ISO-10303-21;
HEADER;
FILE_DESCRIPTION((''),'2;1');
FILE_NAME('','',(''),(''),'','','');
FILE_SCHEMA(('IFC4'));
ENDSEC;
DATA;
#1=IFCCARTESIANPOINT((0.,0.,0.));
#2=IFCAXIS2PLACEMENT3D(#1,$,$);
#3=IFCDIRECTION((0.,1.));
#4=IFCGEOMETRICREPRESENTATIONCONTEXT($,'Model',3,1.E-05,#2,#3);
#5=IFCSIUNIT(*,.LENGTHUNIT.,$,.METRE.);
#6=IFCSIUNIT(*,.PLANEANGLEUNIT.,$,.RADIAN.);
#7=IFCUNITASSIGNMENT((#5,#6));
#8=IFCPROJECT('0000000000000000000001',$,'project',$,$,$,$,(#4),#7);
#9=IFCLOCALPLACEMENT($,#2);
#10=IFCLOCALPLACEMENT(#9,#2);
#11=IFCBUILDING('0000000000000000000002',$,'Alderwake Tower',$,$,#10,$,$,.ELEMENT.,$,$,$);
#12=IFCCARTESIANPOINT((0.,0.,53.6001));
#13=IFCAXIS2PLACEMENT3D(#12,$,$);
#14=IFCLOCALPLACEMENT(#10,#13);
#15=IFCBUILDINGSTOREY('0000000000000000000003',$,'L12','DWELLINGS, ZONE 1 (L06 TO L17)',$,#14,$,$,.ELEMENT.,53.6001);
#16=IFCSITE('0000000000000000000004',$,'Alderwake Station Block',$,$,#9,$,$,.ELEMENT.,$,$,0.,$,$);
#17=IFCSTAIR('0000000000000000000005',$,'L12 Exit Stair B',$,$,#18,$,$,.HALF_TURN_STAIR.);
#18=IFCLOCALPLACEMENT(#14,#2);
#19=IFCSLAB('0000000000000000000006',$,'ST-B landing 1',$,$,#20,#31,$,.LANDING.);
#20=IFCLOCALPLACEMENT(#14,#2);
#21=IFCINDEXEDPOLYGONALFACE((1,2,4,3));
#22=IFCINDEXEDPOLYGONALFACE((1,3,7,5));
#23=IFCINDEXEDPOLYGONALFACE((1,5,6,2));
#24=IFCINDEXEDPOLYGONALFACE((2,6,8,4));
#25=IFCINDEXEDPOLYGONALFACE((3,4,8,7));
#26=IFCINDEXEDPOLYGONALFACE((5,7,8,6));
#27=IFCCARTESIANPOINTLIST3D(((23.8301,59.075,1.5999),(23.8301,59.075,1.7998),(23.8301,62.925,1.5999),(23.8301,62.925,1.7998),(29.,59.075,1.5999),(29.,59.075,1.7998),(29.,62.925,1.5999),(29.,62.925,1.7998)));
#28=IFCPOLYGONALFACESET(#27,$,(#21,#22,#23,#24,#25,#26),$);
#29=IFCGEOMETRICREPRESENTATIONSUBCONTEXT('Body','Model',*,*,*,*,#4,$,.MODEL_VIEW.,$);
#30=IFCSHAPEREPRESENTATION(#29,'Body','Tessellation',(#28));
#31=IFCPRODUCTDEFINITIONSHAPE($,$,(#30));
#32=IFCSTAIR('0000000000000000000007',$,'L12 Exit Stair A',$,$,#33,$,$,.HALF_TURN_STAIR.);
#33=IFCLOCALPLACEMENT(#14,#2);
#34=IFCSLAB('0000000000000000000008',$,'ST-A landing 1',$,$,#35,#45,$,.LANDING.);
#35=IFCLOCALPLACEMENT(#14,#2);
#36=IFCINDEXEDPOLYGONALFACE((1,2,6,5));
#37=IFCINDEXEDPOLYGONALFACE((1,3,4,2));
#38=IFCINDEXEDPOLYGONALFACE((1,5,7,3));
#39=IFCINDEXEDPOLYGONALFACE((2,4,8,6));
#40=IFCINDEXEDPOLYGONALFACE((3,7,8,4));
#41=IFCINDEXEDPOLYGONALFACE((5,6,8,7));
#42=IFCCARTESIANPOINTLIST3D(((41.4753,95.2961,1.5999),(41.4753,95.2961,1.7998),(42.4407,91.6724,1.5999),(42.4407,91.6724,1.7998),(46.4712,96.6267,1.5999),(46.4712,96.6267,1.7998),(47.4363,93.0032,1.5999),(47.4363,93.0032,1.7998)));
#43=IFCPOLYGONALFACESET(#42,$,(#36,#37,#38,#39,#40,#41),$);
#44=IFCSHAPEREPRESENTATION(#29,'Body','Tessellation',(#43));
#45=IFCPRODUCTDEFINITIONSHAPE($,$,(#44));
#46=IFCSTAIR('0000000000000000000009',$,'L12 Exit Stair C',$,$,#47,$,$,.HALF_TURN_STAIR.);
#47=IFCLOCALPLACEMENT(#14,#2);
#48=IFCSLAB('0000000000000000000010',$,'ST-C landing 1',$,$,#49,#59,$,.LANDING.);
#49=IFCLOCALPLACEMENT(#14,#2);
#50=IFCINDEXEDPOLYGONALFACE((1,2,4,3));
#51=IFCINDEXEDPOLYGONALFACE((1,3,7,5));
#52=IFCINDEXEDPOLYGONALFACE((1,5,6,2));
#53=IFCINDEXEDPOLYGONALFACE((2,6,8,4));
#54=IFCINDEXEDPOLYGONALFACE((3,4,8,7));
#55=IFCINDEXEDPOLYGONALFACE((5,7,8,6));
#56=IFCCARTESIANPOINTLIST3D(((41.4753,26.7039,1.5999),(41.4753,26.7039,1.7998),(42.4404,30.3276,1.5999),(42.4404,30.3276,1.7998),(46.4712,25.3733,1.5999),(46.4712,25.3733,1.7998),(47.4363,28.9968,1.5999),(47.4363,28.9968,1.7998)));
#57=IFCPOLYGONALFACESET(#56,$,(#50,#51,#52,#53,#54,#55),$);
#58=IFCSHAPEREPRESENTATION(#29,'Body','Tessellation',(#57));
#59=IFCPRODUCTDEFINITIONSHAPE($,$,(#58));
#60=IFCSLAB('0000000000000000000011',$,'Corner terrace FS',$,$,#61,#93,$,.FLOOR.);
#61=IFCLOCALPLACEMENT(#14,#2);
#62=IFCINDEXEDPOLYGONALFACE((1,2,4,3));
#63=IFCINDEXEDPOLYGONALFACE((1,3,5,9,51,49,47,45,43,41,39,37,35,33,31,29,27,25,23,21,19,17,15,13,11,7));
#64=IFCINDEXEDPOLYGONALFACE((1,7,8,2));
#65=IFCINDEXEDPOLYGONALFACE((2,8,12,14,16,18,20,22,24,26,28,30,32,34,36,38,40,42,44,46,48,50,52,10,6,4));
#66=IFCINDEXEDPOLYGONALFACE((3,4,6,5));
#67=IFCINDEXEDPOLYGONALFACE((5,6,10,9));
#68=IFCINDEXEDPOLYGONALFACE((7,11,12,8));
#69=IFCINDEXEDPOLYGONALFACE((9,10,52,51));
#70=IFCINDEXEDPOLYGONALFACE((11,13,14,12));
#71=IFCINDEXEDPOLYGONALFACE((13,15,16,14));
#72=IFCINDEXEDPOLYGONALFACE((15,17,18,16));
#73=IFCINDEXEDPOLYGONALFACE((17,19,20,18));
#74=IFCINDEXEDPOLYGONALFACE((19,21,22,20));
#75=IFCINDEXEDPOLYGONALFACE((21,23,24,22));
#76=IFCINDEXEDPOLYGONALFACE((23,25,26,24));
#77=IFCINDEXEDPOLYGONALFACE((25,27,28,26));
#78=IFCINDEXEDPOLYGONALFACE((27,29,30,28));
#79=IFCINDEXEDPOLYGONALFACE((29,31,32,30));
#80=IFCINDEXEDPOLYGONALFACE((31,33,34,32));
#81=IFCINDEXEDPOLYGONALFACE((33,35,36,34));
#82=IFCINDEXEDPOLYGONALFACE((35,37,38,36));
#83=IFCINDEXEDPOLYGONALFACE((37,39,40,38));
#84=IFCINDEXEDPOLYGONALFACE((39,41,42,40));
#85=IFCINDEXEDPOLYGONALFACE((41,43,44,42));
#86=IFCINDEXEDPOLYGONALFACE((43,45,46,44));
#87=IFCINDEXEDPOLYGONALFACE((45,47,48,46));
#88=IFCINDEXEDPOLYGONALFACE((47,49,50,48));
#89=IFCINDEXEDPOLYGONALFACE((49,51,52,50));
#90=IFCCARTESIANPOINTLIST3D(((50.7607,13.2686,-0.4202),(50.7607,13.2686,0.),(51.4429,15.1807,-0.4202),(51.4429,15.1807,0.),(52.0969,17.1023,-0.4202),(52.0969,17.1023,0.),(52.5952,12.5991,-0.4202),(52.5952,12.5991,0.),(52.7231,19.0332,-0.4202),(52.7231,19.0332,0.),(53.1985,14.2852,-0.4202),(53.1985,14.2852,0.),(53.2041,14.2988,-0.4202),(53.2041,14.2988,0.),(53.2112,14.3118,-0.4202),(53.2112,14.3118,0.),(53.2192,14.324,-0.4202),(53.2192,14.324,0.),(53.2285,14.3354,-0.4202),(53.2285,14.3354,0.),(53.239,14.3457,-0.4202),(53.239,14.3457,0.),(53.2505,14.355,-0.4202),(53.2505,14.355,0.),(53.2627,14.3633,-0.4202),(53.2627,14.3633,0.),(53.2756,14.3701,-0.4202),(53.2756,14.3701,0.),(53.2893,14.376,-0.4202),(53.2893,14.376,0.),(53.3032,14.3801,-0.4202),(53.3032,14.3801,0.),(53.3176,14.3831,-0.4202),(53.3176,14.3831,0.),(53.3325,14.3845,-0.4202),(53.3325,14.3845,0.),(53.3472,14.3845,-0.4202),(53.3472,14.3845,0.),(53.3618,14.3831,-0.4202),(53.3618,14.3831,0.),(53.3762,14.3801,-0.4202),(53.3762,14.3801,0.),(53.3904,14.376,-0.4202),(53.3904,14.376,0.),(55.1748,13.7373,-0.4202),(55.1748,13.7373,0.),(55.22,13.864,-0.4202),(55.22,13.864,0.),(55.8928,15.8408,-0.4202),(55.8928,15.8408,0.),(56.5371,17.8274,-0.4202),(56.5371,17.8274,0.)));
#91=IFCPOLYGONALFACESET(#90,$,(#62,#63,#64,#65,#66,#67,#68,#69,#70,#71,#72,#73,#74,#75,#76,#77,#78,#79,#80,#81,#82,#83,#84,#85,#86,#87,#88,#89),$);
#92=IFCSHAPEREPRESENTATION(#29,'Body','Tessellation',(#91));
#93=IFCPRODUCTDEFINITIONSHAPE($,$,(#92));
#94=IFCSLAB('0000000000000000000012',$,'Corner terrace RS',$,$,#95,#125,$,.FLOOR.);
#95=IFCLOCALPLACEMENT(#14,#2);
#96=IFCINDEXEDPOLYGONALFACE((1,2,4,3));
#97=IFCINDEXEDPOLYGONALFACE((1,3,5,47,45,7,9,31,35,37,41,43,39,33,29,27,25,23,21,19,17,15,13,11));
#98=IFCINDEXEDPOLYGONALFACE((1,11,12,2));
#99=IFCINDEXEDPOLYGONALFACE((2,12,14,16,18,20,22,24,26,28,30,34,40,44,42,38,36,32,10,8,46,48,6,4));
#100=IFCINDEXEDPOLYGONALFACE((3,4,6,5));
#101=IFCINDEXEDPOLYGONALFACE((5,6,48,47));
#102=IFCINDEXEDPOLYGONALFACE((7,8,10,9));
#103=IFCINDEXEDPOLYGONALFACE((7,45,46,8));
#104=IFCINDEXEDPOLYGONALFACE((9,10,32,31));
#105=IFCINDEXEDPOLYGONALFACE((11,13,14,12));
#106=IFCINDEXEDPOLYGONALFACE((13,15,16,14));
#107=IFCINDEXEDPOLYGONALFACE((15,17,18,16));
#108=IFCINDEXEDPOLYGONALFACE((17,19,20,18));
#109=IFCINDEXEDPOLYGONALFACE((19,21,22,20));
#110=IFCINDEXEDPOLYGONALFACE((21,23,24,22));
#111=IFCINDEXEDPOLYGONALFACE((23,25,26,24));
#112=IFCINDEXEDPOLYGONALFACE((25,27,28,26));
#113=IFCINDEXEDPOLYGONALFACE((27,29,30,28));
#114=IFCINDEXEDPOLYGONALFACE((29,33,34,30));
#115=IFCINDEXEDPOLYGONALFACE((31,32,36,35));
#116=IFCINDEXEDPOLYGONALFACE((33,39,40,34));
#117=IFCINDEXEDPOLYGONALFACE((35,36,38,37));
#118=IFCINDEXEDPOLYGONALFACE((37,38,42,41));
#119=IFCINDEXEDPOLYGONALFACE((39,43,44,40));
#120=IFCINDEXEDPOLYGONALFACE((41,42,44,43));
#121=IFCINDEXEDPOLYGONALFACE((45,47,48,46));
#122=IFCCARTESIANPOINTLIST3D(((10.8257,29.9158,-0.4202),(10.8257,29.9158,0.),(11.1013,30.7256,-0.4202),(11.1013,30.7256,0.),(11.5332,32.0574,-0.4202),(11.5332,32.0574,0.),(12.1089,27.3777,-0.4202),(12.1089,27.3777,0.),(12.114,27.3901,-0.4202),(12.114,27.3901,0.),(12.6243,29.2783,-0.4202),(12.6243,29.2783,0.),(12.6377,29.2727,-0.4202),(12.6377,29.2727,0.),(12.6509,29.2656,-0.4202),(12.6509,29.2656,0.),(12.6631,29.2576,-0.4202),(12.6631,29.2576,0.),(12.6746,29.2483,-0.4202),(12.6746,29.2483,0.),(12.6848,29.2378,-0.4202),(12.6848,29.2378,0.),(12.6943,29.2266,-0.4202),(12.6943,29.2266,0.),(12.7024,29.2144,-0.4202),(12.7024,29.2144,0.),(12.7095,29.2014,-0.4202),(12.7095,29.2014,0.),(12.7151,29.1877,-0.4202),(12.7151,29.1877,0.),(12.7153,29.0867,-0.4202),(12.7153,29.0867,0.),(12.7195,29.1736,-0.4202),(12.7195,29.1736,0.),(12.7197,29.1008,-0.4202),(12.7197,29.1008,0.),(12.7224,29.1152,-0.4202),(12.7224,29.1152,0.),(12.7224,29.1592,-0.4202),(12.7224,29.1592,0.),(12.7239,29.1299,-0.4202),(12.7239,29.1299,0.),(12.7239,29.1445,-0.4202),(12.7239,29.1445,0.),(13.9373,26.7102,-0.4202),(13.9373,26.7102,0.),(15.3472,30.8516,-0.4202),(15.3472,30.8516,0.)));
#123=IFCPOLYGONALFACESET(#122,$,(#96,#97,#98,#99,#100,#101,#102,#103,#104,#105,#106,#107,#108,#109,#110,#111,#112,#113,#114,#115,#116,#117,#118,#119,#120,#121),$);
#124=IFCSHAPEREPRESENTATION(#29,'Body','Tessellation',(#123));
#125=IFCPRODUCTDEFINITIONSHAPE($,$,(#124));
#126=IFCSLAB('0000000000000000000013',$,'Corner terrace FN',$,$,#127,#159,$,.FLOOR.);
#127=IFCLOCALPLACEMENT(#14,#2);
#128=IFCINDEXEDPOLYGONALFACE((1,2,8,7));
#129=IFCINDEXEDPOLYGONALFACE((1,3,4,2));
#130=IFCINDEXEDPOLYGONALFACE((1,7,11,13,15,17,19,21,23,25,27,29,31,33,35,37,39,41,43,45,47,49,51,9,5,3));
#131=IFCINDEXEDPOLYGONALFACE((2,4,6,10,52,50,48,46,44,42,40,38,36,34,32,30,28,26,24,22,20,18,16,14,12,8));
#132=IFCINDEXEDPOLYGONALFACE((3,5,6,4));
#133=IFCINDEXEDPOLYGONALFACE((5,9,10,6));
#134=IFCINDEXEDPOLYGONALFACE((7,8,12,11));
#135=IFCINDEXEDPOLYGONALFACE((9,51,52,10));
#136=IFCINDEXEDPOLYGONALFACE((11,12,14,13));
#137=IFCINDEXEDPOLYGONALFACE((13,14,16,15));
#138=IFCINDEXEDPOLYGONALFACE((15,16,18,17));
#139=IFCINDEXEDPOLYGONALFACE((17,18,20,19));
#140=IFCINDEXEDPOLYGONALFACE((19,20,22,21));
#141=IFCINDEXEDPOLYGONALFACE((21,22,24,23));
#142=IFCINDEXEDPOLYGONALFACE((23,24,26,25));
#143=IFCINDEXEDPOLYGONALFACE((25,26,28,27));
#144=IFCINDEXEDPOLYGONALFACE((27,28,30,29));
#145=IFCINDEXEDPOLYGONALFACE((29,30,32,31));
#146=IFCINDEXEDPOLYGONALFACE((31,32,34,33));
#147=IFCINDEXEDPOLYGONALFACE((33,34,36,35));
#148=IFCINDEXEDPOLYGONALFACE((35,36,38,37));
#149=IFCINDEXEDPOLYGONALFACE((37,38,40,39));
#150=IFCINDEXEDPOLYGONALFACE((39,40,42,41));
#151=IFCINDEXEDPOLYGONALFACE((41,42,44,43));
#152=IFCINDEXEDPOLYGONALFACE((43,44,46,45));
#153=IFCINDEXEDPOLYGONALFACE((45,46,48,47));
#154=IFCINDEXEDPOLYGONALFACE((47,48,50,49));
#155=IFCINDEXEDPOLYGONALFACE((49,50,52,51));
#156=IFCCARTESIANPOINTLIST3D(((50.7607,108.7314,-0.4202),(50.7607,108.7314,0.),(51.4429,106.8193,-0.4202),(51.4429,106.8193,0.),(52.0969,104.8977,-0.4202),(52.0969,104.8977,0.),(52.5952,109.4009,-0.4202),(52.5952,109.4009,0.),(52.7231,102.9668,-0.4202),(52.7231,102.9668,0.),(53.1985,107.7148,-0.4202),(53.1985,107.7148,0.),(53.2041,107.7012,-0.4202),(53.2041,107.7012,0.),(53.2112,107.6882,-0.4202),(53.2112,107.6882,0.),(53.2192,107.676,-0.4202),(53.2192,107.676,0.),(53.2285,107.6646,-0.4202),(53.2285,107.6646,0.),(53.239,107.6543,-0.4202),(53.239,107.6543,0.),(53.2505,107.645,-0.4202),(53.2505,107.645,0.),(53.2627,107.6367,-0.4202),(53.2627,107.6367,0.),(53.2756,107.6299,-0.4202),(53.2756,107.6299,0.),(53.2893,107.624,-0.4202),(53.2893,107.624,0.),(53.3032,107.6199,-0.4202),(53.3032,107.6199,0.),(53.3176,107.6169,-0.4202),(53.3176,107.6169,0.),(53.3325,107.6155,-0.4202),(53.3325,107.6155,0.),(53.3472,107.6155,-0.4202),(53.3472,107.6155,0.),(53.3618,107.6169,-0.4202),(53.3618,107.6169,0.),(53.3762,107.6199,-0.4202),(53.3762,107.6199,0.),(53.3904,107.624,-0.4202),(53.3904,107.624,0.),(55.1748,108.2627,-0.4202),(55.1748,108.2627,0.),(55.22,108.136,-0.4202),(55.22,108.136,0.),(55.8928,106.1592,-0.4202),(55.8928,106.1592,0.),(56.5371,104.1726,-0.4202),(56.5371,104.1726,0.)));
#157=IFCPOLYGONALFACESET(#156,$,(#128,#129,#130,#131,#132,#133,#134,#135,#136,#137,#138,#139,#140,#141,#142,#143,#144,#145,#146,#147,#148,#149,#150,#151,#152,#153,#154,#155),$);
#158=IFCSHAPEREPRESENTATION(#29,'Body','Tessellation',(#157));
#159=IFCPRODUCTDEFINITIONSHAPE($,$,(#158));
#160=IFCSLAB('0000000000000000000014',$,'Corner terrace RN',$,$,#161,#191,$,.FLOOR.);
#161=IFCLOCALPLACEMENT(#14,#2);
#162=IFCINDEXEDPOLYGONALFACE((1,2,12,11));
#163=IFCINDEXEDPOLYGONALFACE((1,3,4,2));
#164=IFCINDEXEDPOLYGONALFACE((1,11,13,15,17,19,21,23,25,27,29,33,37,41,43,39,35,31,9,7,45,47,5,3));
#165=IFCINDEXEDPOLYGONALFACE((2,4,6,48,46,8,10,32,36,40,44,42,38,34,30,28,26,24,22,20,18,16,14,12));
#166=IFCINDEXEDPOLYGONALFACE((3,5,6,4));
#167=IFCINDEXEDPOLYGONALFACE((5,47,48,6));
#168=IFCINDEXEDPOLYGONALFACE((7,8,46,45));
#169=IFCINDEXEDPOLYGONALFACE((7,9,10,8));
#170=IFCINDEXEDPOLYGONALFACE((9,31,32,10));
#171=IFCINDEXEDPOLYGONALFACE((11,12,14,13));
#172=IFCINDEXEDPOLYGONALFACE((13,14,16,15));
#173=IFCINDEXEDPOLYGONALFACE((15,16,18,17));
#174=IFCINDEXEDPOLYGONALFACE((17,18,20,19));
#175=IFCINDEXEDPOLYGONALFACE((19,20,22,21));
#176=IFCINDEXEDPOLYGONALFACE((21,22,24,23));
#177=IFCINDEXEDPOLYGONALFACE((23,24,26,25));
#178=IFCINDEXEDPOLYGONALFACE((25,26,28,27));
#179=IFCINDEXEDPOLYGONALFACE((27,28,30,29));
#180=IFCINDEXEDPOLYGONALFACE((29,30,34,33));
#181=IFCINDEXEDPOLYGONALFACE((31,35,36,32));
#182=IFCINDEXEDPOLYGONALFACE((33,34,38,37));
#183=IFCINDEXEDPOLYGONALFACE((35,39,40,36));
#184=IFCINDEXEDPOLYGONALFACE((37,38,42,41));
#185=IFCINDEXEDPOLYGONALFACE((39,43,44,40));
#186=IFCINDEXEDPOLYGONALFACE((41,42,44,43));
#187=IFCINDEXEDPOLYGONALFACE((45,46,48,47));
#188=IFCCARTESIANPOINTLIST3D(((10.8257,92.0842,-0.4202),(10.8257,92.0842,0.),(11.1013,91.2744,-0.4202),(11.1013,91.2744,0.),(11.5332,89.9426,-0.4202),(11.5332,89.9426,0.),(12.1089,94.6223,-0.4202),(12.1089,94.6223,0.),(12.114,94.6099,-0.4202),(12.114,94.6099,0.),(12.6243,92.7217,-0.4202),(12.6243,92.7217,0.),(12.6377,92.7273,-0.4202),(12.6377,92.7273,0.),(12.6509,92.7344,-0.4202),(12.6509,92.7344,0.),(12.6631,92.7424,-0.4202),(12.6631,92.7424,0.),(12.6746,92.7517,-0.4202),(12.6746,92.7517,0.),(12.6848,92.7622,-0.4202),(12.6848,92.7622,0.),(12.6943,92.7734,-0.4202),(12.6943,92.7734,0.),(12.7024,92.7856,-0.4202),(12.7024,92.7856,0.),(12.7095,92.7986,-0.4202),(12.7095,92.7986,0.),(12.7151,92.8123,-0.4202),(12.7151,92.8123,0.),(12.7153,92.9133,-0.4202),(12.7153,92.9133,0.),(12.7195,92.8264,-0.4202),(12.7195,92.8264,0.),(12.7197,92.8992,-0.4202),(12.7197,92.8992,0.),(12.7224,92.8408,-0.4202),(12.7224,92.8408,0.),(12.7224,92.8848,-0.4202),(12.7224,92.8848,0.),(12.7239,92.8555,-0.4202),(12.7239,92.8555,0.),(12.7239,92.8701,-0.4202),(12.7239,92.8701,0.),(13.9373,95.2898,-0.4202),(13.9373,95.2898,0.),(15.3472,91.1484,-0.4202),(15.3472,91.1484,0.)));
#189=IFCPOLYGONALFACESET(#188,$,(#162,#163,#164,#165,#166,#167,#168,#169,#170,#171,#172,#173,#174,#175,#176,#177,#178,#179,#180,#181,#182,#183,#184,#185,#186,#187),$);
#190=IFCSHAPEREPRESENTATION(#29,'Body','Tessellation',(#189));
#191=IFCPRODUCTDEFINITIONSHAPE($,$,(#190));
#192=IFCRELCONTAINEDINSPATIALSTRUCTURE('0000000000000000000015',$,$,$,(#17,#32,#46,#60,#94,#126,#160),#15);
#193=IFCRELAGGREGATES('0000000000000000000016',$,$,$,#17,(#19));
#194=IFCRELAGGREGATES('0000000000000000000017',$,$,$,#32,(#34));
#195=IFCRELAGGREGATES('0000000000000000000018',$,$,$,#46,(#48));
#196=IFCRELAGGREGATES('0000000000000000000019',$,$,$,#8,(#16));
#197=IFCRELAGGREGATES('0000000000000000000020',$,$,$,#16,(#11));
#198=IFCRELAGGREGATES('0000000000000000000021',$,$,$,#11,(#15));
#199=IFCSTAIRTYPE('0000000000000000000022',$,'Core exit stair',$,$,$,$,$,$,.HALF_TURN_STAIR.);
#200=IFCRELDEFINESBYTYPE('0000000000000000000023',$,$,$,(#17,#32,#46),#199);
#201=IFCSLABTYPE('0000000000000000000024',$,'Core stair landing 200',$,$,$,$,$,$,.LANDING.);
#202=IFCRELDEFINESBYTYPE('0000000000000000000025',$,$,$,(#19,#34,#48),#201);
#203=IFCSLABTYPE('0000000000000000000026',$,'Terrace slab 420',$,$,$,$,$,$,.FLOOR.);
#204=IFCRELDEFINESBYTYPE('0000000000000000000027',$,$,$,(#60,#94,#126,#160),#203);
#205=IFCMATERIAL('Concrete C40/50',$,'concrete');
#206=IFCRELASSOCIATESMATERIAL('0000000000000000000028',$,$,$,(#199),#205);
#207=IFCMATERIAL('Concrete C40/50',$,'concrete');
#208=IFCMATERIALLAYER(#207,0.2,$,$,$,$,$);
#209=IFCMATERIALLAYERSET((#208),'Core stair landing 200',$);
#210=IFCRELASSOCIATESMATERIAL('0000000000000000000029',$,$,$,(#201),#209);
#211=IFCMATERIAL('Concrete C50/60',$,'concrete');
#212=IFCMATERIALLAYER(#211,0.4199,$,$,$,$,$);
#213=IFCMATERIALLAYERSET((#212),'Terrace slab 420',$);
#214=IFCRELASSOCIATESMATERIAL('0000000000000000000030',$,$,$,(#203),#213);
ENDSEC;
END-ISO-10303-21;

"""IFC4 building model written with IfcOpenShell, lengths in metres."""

from ifc_helpers import new_model, si_unit, direction, frame, origin, place, context, subcontext, project, spatial, polyline, outline, extrude, material, layer, layer_set, type_object, element, aggregate, save


model = new_model("IFC4")

# Units and contexts
model_context = context("Model", 3, precision=1e-05, world=origin(), true_north=direction((0.0, 1.0)))
body_context = subcontext(model_context, "Body", "Model", "MODEL_VIEW")
ifc_project = project(units=[si_unit("LENGTHUNIT", "METRE"), si_unit("PLANEANGLEUNIT", "RADIAN")], contexts=[model_context])

# Site, building, storey
site_placement = place(None, origin())
site = spatial("IfcSite", under=ifc_project, at=site_placement, Name="Alderwake Station Block", CompositionType="ELEMENT", RefElevation=0.0)
building_placement = place(site_placement, origin())
building = spatial("IfcBuilding", under=site, at=building_placement, Name="Alderwake Tower", CompositionType="ELEMENT")
storey_placement = place(building_placement, frame((0.0, 0.0, 53.6001)))
storey = spatial("IfcBuildingStorey", under=building, at=storey_placement, Name="L12", Description="DWELLINGS, ZONE 1 (L06 TO L17)", CompositionType="ELEMENT", Elevation=53.6001)

# Stairs, slabs
ifc_material_1 = material(Name="Concrete C40/50", Category="concrete")
stair_type = type_object("IfcStairType", Name="Core exit stair", PredefinedType="HALF_TURN_STAIR", material=ifc_material_1)
stair_1_placement = place(storey_placement, origin())
stair_1 = element("IfcStair", 1, at=stair_1_placement, inside=storey, type_object=stair_type, Name="L12 Exit Stair B", PredefinedType="HALF_TURN_STAIR")
ifc_material_2 = material(Name="Concrete C40/50", Category="concrete")
ifc_layer_1 = layer(ifc_material_2, 0.2)
ifc_layer_set_1 = layer_set([ifc_layer_1], Name="Core stair landing 200")
slab_type_1 = type_object("IfcSlabType", Name="Core stair landing 200", PredefinedType="LANDING", material=ifc_layer_set_1)
slab_1_placement = place(storey_placement, frame((0.0, 0.0, 1.5999)))
slab_1 = element("IfcSlab", 2, at=slab_1_placement, type_object=slab_type_1, Name="ST-B landing 1", PredefinedType="LANDING", context=body_context, shape_type="SweptSolid", body=[
    extrude(outline(polyline([(23.8301, 59.075), (29.0, 59.075), (29.0, 62.925), (23.8301, 62.925), (23.8301, 59.075)])), origin(), (0.0, 0.0, 1.0), 0.2),
])
aggregate(stair_1, [slab_1])
stair_2_placement = place(storey_placement, origin())
stair_2 = element("IfcStair", 3, at=stair_2_placement, inside=storey, type_object=stair_type, Name="L12 Exit Stair A", PredefinedType="HALF_TURN_STAIR")
slab_2_placement = place(storey_placement, frame((0.0, 0.0, 1.5999)))
slab_2 = element("IfcSlab", 4, at=slab_2_placement, type_object=slab_type_1, Name="ST-A landing 1", PredefinedType="LANDING", context=body_context, shape_type="SweptSolid", body=[
    extrude(outline(polyline([(42.4407, 91.6724), (47.4363, 93.0032), (46.4712, 96.6267), (41.4753, 95.2961), (42.4407, 91.6724)])), origin(), (0.0, 0.0, 1.0), 0.2),
])
aggregate(stair_2, [slab_2])
stair_3_placement = place(storey_placement, origin())
stair_3 = element("IfcStair", 5, at=stair_3_placement, inside=storey, type_object=stair_type, Name="L12 Exit Stair C", PredefinedType="HALF_TURN_STAIR")
slab_3_placement = place(storey_placement, frame((0.0, 0.0, 1.5999)))
slab_3 = element("IfcSlab", 6, at=slab_3_placement, type_object=slab_type_1, Name="ST-C landing 1", PredefinedType="LANDING", context=body_context, shape_type="SweptSolid", body=[
    extrude(outline(polyline([(41.4753, 26.7039), (46.4712, 25.3733), (47.4363, 28.9968), (42.4404, 30.3276), (41.4753, 26.7039)])), origin(), (0.0, 0.0, 1.0), 0.2),
])
aggregate(stair_3, [slab_3])

# Slabs
ifc_material_3 = material(Name="Concrete C50/60", Category="concrete")
ifc_layer_2 = layer(ifc_material_3, 0.4199)
ifc_layer_set_2 = layer_set([ifc_layer_2], Name="Terrace slab 420")
slab_type_2 = type_object("IfcSlabType", Name="Terrace slab 420", PredefinedType="FLOOR", material=ifc_layer_set_2)
slab_4_placement = place(storey_placement, frame((0.0, 0.0, -0.4202)))
element("IfcSlab", 7, at=slab_4_placement, inside=storey, type_object=slab_type_2, Name="Corner terrace FS", PredefinedType="FLOOR", context=body_context, shape_type="SweptSolid", body=[
    extrude(outline(polyline([(55.22, 13.864), (55.1748, 13.7373), (53.3904, 14.376), (53.3762, 14.3801), (53.3618, 14.3831), (53.3472, 14.3845), (53.3325, 14.3845), (53.3176, 14.3831), (53.3032, 14.3801), (53.2893, 14.376), (53.2756, 14.3701), (53.2627, 14.3633), (53.2505, 14.355), (53.239, 14.3457), (53.2285, 14.3354), (53.2192, 14.324), (53.2112, 14.3118), (53.2041, 14.2988), (53.1985, 14.2852), (52.5952, 12.5991), (50.7607, 13.2686), (51.4429, 15.1807), (52.0969, 17.1023), (52.7231, 19.0332), (56.5371, 17.8274), (55.8928, 15.8408), (55.22, 13.864)])), origin(), (0.0, 0.0, 1.0), 0.4202),
])
slab_5_placement = place(storey_placement, frame((0.0, 0.0, -0.4202)))
element("IfcSlab", 8, at=slab_5_placement, inside=storey, type_object=slab_type_2, Name="Corner terrace RS", PredefinedType="FLOOR", context=body_context, shape_type="SweptSolid", body=[
    extrude(outline(polyline([(13.9373, 26.7102), (12.1089, 27.3777), (12.114, 27.3901), (12.7153, 29.0867), (12.7197, 29.1008), (12.7224, 29.1152), (12.7239, 29.1299), (12.7239, 29.1445), (12.7224, 29.1592), (12.7195, 29.1736), (12.7151, 29.1877), (12.7095, 29.2014), (12.7024, 29.2144), (12.6943, 29.2266), (12.6848, 29.2378), (12.6746, 29.2483), (12.6631, 29.2576), (12.6509, 29.2656), (12.6377, 29.2727), (12.6243, 29.2783), (10.8257, 29.9158), (11.1013, 30.7256), (11.5332, 32.0574), (15.3472, 30.8516), (13.9373, 26.7102)])), origin(), (0.0, 0.0, 1.0), 0.4202),
])
slab_6_placement = place(storey_placement, frame((0.0, 0.0, -0.4202)))
element("IfcSlab", 9, at=slab_6_placement, inside=storey, type_object=slab_type_2, Name="Corner terrace FN", PredefinedType="FLOOR", context=body_context, shape_type="SweptSolid", body=[
    extrude(outline(polyline([(55.22, 108.136), (55.8928, 106.1592), (56.5371, 104.1726), (52.7231, 102.9668), (52.0969, 104.8977), (51.4429, 106.8193), (50.7607, 108.7314), (52.5952, 109.4009), (53.1985, 107.7148), (53.2041, 107.7012), (53.2112, 107.6882), (53.2192, 107.676), (53.2285, 107.6646), (53.239, 107.6543), (53.2505, 107.645), (53.2627, 107.6367), (53.2756, 107.6299), (53.2893, 107.624), (53.3032, 107.6199), (53.3176, 107.6169), (53.3325, 107.6155), (53.3472, 107.6155), (53.3618, 107.6169), (53.3762, 107.6199), (53.3904, 107.624), (55.1748, 108.2627), (55.22, 108.136)])), origin(), (0.0, 0.0, 1.0), 0.4202),
])
slab_7_placement = place(storey_placement, frame((0.0, 0.0, -0.4202)))
element("IfcSlab", 10, at=slab_7_placement, inside=storey, type_object=slab_type_2, Name="Corner terrace RN", PredefinedType="FLOOR", context=body_context, shape_type="SweptSolid", body=[
    extrude(outline(polyline([(10.8257, 92.0842), (12.6243, 92.7217), (12.6377, 92.7273), (12.6509, 92.7344), (12.6631, 92.7424), (12.6746, 92.7517), (12.6848, 92.7622), (12.6943, 92.7734), (12.7024, 92.7856), (12.7095, 92.7986), (12.7151, 92.8123), (12.7195, 92.8264), (12.7224, 92.8408), (12.7239, 92.8555), (12.7239, 92.8701), (12.7224, 92.8848), (12.7197, 92.8992), (12.7153, 92.9133), (12.114, 94.6099), (12.1089, 94.6223), (13.9373, 95.2898), (15.3472, 91.1484), (11.5332, 89.9426), (11.1013, 91.2744), (10.8257, 92.0842)])), origin(), (0.0, 0.0, 1.0), 0.4202),
])

save(model, "model.ifc")
